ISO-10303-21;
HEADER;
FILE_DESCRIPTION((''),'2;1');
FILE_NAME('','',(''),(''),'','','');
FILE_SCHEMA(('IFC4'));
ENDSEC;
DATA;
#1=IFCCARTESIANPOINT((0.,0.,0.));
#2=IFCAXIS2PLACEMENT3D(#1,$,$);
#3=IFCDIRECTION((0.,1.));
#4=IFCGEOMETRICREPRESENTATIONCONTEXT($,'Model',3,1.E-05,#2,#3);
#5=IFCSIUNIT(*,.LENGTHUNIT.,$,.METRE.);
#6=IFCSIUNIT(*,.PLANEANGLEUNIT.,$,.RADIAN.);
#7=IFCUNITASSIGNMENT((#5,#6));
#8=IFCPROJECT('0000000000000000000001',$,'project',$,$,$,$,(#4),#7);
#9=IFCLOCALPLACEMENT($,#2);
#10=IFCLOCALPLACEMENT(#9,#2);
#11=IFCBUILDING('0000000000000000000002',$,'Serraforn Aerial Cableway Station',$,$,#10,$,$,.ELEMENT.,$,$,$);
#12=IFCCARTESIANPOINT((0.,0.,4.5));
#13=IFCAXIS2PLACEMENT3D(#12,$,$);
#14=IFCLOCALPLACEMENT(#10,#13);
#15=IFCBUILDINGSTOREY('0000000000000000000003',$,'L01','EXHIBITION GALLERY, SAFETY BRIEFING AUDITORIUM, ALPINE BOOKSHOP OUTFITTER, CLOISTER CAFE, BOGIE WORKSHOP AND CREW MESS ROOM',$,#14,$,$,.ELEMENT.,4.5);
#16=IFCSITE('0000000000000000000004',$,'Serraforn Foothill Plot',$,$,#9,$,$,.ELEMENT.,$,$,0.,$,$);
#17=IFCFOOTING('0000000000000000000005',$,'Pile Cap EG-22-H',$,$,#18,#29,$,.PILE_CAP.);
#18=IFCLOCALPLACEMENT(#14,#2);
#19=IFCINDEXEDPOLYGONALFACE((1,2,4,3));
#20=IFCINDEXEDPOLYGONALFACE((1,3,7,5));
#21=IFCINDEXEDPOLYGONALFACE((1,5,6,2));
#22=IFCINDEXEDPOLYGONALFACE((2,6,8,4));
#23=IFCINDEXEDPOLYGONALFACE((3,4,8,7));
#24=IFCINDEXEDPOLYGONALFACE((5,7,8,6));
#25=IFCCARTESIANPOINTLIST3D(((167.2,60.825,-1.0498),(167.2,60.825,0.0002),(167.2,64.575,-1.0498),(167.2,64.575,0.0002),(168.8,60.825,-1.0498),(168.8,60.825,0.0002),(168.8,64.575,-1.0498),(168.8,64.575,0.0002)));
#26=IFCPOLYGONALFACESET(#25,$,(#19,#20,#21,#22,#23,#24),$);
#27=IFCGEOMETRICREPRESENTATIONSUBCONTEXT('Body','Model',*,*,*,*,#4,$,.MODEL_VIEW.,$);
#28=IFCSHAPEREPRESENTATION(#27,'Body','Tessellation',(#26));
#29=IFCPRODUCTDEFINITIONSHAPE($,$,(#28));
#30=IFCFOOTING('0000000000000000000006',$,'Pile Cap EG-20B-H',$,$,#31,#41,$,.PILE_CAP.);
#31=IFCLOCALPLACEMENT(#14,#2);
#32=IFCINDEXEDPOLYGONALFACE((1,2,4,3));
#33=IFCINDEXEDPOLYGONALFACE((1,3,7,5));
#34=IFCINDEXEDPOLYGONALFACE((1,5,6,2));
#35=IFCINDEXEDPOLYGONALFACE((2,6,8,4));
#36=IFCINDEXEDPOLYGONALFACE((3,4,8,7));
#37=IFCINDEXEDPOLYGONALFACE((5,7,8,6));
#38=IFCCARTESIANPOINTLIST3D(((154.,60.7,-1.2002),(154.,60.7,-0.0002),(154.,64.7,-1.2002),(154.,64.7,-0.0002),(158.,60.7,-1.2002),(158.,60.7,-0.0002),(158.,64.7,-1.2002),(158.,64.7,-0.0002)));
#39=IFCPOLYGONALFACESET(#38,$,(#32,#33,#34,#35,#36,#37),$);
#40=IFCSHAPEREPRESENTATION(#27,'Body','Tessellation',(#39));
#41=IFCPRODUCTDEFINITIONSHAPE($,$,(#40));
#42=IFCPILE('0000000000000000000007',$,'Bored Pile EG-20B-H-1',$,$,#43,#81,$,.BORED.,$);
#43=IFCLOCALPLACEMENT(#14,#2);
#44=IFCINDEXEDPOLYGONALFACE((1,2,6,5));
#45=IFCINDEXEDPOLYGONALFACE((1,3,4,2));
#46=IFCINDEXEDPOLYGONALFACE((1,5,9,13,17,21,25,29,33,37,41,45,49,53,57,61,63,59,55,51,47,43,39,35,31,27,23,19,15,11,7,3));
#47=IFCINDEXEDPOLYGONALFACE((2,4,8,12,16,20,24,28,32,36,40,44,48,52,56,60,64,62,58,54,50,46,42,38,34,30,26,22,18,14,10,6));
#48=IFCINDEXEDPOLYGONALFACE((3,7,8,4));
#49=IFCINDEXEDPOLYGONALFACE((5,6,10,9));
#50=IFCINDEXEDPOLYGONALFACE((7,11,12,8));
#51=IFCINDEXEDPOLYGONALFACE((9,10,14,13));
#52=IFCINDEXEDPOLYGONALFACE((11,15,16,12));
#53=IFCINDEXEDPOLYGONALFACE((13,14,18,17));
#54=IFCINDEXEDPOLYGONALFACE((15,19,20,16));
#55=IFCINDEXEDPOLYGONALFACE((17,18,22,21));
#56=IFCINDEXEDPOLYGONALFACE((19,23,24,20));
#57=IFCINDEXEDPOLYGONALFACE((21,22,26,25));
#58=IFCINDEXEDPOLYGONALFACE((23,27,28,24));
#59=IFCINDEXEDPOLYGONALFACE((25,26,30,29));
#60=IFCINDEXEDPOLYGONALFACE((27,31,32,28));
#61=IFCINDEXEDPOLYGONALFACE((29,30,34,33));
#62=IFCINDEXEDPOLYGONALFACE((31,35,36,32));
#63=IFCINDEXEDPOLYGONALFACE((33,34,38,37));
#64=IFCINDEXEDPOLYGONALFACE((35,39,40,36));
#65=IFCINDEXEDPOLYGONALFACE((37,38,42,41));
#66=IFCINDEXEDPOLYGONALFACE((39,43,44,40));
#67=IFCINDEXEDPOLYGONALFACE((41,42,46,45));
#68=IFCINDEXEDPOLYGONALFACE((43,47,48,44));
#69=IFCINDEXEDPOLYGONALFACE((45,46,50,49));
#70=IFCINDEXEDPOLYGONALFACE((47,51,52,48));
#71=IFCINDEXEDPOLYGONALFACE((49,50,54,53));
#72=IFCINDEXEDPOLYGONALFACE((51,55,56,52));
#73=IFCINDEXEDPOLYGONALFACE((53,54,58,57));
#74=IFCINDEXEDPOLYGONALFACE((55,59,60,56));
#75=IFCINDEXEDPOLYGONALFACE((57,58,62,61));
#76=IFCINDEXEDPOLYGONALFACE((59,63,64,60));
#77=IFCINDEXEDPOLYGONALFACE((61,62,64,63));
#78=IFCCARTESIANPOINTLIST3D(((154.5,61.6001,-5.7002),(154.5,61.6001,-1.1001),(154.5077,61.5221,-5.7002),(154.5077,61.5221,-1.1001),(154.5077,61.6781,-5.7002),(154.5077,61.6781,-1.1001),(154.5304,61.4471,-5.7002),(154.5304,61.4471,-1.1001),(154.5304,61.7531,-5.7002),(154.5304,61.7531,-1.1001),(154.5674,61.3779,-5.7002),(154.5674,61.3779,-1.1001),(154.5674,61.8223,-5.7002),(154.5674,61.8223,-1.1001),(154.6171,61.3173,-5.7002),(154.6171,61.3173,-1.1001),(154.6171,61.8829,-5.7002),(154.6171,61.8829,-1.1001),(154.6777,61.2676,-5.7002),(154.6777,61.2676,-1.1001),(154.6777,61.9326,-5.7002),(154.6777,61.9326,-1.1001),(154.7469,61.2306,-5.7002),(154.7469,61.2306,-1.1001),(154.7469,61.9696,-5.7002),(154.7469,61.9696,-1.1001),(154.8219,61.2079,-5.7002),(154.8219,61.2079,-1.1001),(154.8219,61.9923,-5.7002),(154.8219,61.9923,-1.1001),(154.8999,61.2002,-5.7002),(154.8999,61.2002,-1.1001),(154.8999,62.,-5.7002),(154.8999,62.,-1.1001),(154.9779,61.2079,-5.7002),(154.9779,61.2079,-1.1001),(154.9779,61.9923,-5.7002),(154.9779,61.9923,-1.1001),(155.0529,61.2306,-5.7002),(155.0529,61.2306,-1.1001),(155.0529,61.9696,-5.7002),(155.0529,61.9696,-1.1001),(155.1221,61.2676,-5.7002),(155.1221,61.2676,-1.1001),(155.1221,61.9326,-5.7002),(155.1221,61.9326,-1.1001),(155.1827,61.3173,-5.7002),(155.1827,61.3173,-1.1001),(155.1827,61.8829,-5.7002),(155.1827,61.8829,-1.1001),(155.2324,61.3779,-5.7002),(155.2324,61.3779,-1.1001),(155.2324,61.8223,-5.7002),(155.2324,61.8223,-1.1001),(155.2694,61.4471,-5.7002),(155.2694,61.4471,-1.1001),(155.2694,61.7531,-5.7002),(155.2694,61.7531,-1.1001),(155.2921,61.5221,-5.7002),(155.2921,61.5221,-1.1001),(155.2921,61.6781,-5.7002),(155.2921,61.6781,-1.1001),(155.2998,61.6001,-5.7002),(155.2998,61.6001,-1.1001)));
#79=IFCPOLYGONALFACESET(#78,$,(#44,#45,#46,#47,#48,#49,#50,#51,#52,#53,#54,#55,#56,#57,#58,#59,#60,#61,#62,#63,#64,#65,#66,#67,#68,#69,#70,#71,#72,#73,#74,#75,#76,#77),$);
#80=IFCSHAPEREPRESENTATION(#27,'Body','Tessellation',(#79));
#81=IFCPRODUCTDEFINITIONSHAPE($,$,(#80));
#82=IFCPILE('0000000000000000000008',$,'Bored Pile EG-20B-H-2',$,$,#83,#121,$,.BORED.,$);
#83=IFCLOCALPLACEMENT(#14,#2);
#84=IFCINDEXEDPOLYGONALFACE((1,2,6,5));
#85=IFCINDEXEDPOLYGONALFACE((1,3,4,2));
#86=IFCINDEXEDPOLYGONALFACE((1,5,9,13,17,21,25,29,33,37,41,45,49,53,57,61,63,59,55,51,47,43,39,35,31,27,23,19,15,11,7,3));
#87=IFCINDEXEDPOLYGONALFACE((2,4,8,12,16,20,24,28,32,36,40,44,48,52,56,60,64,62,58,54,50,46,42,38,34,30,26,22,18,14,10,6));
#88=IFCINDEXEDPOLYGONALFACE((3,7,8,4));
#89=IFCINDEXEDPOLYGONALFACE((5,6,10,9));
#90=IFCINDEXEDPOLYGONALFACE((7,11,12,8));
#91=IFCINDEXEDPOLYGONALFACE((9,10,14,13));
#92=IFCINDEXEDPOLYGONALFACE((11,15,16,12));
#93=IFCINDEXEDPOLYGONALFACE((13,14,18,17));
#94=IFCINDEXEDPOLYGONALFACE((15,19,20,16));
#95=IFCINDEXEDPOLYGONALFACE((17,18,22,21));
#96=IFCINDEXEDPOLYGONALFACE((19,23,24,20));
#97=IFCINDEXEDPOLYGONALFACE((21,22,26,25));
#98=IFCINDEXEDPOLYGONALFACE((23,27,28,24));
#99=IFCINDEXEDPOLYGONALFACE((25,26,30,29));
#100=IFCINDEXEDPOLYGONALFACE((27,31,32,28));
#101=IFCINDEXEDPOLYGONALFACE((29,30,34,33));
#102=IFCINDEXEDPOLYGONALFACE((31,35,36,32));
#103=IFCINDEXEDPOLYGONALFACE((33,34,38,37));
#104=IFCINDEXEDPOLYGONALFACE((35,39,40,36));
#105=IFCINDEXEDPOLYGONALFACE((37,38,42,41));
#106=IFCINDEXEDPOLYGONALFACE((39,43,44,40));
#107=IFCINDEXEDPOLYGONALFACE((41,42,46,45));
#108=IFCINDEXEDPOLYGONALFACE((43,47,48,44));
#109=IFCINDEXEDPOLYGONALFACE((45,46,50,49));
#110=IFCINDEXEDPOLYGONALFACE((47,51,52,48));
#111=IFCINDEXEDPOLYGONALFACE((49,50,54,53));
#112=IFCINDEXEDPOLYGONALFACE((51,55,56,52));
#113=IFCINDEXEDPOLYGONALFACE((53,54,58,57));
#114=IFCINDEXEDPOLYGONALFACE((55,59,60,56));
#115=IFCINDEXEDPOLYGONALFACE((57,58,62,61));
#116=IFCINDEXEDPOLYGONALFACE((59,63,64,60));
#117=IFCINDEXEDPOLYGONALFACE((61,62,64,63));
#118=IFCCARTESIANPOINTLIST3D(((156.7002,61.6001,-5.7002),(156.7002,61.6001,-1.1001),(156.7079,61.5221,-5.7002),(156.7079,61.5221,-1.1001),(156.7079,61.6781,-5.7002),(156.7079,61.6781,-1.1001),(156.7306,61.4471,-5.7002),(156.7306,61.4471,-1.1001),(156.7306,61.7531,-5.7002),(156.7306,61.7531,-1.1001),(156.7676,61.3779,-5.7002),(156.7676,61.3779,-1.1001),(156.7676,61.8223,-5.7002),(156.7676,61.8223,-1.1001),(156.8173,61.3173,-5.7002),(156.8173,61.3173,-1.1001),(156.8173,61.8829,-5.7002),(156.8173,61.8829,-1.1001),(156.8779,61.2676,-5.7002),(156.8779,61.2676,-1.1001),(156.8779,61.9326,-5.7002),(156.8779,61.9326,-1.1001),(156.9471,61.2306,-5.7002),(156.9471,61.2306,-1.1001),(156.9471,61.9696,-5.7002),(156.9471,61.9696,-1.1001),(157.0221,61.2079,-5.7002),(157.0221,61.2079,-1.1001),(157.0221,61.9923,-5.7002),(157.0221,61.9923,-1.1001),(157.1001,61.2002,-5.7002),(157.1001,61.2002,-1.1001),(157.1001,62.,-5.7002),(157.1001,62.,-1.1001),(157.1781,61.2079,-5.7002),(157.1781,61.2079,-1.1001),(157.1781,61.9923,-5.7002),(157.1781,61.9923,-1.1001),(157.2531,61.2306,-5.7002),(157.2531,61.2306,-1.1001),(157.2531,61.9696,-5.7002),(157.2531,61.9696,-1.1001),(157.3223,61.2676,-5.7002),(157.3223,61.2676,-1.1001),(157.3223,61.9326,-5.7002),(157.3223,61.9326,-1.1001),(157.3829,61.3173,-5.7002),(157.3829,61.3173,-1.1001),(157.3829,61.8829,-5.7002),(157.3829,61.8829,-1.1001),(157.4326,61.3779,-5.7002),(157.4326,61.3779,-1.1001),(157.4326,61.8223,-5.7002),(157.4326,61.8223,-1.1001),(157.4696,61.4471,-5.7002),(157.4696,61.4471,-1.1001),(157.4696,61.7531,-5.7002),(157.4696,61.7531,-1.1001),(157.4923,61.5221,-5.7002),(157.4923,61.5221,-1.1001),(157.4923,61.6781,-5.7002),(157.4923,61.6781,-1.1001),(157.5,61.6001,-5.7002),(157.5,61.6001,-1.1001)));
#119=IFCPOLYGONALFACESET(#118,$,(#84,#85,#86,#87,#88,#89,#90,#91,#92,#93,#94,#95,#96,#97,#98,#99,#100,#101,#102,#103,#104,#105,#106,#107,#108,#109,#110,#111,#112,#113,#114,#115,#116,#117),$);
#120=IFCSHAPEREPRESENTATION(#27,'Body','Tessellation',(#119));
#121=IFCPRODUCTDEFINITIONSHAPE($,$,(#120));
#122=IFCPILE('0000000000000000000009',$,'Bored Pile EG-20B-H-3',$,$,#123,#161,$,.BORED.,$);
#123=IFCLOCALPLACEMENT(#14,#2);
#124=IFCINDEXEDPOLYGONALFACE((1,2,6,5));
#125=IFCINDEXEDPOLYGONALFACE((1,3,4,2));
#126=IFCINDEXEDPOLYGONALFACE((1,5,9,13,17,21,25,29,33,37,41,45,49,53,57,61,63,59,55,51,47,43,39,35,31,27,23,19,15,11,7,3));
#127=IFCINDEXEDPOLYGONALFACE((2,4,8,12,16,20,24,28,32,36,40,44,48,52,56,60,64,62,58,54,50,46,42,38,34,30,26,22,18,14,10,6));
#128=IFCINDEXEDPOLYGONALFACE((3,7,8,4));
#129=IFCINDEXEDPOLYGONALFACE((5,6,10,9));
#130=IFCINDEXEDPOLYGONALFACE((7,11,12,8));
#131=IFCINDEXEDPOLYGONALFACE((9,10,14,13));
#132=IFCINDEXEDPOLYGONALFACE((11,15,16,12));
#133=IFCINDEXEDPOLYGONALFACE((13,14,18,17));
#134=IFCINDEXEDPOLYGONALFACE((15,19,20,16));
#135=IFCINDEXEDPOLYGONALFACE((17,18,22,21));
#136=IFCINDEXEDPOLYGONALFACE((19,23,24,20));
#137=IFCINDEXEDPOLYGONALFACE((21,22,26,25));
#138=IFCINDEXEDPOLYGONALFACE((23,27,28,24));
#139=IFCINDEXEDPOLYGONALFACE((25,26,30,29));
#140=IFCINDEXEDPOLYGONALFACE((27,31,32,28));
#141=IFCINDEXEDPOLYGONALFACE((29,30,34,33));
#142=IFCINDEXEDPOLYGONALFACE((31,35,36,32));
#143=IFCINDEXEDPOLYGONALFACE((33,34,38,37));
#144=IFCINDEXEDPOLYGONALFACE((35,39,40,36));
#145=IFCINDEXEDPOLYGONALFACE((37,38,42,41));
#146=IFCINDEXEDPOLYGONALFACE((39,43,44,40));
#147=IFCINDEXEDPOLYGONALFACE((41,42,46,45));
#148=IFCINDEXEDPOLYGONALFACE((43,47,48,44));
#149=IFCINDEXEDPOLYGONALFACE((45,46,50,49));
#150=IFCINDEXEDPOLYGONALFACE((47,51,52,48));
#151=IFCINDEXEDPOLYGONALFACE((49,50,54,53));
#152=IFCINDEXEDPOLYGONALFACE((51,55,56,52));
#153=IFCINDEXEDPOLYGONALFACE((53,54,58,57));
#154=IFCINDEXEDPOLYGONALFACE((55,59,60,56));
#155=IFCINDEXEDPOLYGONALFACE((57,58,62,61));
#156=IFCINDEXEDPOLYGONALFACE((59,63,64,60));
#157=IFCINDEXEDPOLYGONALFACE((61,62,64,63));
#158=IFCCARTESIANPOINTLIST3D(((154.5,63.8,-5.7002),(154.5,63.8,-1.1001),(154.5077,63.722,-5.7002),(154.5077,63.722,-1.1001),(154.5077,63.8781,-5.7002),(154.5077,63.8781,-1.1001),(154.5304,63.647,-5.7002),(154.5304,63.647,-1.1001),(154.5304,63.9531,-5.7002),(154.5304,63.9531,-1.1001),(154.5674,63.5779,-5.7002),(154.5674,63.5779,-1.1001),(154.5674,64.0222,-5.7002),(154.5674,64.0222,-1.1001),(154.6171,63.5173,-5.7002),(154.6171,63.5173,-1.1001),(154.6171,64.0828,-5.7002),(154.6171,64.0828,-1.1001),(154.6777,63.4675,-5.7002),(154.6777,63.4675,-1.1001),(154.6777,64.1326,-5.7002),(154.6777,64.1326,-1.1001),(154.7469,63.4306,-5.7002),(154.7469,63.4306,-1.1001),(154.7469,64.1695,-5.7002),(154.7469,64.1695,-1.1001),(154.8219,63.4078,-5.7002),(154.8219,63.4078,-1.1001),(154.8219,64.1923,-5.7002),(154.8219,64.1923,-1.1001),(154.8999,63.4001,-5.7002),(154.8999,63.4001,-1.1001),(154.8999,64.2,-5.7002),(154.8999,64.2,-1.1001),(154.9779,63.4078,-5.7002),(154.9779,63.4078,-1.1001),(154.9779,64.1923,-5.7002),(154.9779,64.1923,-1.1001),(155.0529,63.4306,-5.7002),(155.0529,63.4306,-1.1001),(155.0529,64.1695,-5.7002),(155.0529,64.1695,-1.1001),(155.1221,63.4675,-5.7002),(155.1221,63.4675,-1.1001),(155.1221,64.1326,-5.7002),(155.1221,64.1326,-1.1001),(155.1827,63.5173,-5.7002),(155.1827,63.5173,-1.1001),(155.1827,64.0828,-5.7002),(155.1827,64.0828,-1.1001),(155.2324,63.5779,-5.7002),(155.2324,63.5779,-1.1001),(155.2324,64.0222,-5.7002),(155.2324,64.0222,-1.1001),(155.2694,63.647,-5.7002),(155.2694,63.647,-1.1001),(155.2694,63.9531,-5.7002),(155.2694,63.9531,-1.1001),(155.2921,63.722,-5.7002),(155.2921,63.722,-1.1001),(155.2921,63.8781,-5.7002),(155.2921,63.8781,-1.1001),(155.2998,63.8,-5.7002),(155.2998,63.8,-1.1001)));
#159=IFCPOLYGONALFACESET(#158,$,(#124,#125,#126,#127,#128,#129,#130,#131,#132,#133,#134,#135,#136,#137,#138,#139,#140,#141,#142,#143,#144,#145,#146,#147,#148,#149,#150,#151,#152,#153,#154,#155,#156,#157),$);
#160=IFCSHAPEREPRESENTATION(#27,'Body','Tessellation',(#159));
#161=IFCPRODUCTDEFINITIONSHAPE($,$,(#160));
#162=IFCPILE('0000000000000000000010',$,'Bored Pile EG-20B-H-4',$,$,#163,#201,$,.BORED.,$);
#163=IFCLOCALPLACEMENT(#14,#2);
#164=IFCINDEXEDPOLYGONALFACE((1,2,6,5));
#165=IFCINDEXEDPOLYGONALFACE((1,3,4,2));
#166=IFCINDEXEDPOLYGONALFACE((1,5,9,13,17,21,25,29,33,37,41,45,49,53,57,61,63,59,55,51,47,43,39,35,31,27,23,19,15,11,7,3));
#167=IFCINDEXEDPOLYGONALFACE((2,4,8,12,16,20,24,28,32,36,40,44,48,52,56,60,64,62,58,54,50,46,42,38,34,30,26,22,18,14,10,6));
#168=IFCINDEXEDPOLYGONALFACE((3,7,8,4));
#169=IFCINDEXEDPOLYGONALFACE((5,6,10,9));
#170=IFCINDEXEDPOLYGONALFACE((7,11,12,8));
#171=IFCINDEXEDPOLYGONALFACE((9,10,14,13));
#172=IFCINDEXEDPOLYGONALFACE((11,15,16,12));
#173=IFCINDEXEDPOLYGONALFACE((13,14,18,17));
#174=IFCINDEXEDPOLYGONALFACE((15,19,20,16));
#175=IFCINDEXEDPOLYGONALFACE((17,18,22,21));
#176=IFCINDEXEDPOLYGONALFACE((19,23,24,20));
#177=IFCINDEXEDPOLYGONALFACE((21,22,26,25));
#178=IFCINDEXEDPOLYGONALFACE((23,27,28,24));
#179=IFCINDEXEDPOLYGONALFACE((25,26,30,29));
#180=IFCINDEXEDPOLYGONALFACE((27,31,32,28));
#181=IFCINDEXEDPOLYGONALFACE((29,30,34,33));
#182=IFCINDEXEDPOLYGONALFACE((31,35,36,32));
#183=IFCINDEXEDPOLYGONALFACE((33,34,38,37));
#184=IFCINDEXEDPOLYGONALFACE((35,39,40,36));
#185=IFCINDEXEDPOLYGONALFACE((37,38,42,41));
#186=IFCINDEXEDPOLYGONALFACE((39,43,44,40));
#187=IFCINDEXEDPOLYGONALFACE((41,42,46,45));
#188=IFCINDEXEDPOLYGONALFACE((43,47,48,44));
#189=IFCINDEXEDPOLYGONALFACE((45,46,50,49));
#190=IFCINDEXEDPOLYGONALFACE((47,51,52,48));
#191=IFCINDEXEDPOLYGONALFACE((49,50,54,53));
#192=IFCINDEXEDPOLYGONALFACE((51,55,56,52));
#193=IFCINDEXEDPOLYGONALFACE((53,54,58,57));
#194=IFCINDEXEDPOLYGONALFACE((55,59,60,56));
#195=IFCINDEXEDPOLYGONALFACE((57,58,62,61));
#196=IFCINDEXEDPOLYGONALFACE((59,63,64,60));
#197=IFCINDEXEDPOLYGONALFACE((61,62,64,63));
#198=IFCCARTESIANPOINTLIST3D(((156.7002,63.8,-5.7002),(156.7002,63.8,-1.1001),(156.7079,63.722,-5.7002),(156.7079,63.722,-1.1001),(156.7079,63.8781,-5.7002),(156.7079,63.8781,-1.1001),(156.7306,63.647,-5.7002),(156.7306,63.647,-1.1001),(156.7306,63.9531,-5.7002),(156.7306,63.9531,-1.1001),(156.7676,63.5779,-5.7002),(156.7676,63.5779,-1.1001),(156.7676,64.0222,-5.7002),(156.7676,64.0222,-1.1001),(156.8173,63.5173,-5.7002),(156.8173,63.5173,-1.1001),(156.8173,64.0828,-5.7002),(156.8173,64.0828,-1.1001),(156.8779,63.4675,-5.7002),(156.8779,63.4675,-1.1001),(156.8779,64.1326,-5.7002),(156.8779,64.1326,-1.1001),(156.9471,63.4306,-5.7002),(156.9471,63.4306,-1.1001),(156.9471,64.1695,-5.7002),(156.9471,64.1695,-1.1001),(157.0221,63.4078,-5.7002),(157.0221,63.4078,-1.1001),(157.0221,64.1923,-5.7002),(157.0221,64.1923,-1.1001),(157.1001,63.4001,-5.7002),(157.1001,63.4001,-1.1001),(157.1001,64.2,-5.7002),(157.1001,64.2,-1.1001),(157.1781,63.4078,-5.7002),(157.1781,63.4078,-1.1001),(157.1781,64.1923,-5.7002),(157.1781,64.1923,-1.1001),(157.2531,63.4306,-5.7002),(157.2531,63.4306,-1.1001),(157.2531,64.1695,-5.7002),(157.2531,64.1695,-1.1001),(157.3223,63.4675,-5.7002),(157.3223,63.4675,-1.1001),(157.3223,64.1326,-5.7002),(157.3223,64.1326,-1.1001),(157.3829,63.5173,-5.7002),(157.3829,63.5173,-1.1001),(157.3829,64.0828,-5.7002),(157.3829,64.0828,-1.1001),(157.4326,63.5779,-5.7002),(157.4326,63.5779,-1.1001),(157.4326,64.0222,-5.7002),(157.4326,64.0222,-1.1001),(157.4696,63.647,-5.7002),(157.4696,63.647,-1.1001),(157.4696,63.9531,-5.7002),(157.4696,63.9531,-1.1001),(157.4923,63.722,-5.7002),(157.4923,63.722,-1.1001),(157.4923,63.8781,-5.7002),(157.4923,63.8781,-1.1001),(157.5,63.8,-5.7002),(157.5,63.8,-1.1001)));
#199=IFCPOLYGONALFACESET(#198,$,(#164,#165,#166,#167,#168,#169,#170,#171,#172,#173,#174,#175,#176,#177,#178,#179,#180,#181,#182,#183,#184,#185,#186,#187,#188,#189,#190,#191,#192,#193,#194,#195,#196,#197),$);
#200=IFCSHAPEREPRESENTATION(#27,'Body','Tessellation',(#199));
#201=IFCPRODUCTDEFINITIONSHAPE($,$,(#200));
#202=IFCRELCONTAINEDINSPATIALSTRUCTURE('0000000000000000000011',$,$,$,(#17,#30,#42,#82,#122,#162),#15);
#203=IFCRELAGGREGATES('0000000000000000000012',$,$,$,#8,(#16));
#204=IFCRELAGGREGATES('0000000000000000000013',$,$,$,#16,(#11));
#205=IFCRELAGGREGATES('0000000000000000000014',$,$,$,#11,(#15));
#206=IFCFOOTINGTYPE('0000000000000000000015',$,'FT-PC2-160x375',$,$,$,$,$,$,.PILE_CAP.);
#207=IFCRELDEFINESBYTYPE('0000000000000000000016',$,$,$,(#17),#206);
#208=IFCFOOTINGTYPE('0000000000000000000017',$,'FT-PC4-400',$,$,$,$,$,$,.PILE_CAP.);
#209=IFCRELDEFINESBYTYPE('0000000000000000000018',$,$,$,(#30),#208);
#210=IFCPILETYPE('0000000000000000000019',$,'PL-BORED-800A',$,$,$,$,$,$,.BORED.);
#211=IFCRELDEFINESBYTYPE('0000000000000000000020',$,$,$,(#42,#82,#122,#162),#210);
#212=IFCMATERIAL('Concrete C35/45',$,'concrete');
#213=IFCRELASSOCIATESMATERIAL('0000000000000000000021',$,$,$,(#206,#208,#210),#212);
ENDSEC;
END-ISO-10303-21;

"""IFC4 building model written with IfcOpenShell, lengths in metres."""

from ifc_helpers import new_model, si_unit, direction, frame, origin, origin_2d, place, context, subcontext, project, spatial, rectangle, circle, extrude, material, material_profile, profile_set, type_object, element, save


model = new_model("IFC4")

# Units and contexts
model_context = context("Model", 3, precision=1e-05, world=origin(), true_north=direction((0.0, 1.0)))
body_context = subcontext(model_context, "Body", "Model", "MODEL_VIEW")
ifc_project = project(units=[si_unit("LENGTHUNIT", "METRE"), si_unit("PLANEANGLEUNIT", "RADIAN")], contexts=[model_context])

# Site, building, storey
site_placement = place(None, origin())
site = spatial("IfcSite", under=ifc_project, at=site_placement, Name="Serraforn Foothill Plot", CompositionType="ELEMENT", RefElevation=0.0)
building_placement = place(site_placement, origin())
building = spatial("IfcBuilding", under=site, at=building_placement, Name="Serraforn Aerial Cableway Station", CompositionType="ELEMENT")
storey_placement = place(building_placement, frame((0.0, 0.0, 4.5)))
storey = spatial("IfcBuildingStorey", under=building, at=storey_placement, Name="L01", Description="EXHIBITION GALLERY, SAFETY BRIEFING AUDITORIUM, ALPINE BOOKSHOP OUTFITTER, CLOISTER CAFE, BOGIE WORKSHOP AND CREW MESS ROOM", CompositionType="ELEMENT", Elevation=4.5)

# Footings
ifc_material_1 = material(Name="Concrete C35/45", Category="concrete")
footing_type_1 = type_object("IfcFootingType", Name="FT-PC2-160x375", PredefinedType="PILE_CAP", material=ifc_material_1)
footing_1_placement = place(storey_placement, frame((168.0, 62.7, -1.0498), z_axis=(0.0, 0.0, 1.0), x_axis=(1.0, 0.0, 0.0)))
element("IfcFooting", 1, at=footing_1_placement, inside=storey, type_object=footing_type_1, Name="Pile Cap EG-22-H", PredefinedType="PILE_CAP", context=body_context, shape_type="SweptSolid", body=[
    extrude(rectangle(XDim=1.6001, YDim=3.75, at=origin_2d()), origin(), (0.0, 0.0, 1.0), 1.05),
])
footing_type_2 = type_object("IfcFootingType", Name="FT-PC4-400", PredefinedType="PILE_CAP", material=ifc_material_1)
footing_2_placement = place(storey_placement, frame((156.0, 62.7, -1.2002), z_axis=(0.0, 0.0, 1.0), x_axis=(1.0, 0.0, 0.0)))
element("IfcFooting", 2, at=footing_2_placement, inside=storey, type_object=footing_type_2, Name="Pile Cap EG-20B-H", PredefinedType="PILE_CAP", context=body_context, shape_type="SweptSolid", body=[
    extrude(rectangle(XDim=4.0, YDim=4.0, at=origin_2d()), origin(), (0.0, 0.0, 1.0), 1.2),
])

# Piles
ifc_material_profile_1 = material_profile(ifc_material_1, circle(Radius=0.3999, at=origin_2d()), Name="BORED PILE D800")
ifc_profile_set_1 = profile_set([ifc_material_profile_1], Name="Concrete C35/45")
pile_type = type_object("IfcPileType", Name="PL-BORED-800A", PredefinedType="BORED", material=ifc_profile_set_1)
for number, where, z_axis, x_axis, name in (
    (3, (154.8999, 61.6001, -1.1001), (0.0, 0.0, -1.0), (1.0, 0.0, 0.0), "Bored Pile EG-20B-H-1"),
    (4, (157.1001, 61.6001, -1.1001), (0.0, 0.0, -1.0), (1.0, 0.0, 0.0), "Bored Pile EG-20B-H-2"),
    (5, (154.8999, 63.8, -1.1001), (0.0, 0.0, -1.0), (1.0, 0.0, 0.0), "Bored Pile EG-20B-H-3"),
    (6, (157.1001, 63.8, -1.1001), (0.0, 0.0, -1.0), (1.0, 0.0, 0.0), "Bored Pile EG-20B-H-4"),
):
    element("IfcPile", number, at=place(storey_placement, frame(where, z_axis=z_axis, x_axis=x_axis)), inside=storey, type_object=pile_type, Name=name, PredefinedType="BORED", context=body_context, shape_type="SweptSolid", body=[
        extrude(circle(Radius=0.3999, at=origin_2d()), origin(), (0.0, 0.0, 1.0), 4.6001),
    ])

save(model, "model.ifc")
